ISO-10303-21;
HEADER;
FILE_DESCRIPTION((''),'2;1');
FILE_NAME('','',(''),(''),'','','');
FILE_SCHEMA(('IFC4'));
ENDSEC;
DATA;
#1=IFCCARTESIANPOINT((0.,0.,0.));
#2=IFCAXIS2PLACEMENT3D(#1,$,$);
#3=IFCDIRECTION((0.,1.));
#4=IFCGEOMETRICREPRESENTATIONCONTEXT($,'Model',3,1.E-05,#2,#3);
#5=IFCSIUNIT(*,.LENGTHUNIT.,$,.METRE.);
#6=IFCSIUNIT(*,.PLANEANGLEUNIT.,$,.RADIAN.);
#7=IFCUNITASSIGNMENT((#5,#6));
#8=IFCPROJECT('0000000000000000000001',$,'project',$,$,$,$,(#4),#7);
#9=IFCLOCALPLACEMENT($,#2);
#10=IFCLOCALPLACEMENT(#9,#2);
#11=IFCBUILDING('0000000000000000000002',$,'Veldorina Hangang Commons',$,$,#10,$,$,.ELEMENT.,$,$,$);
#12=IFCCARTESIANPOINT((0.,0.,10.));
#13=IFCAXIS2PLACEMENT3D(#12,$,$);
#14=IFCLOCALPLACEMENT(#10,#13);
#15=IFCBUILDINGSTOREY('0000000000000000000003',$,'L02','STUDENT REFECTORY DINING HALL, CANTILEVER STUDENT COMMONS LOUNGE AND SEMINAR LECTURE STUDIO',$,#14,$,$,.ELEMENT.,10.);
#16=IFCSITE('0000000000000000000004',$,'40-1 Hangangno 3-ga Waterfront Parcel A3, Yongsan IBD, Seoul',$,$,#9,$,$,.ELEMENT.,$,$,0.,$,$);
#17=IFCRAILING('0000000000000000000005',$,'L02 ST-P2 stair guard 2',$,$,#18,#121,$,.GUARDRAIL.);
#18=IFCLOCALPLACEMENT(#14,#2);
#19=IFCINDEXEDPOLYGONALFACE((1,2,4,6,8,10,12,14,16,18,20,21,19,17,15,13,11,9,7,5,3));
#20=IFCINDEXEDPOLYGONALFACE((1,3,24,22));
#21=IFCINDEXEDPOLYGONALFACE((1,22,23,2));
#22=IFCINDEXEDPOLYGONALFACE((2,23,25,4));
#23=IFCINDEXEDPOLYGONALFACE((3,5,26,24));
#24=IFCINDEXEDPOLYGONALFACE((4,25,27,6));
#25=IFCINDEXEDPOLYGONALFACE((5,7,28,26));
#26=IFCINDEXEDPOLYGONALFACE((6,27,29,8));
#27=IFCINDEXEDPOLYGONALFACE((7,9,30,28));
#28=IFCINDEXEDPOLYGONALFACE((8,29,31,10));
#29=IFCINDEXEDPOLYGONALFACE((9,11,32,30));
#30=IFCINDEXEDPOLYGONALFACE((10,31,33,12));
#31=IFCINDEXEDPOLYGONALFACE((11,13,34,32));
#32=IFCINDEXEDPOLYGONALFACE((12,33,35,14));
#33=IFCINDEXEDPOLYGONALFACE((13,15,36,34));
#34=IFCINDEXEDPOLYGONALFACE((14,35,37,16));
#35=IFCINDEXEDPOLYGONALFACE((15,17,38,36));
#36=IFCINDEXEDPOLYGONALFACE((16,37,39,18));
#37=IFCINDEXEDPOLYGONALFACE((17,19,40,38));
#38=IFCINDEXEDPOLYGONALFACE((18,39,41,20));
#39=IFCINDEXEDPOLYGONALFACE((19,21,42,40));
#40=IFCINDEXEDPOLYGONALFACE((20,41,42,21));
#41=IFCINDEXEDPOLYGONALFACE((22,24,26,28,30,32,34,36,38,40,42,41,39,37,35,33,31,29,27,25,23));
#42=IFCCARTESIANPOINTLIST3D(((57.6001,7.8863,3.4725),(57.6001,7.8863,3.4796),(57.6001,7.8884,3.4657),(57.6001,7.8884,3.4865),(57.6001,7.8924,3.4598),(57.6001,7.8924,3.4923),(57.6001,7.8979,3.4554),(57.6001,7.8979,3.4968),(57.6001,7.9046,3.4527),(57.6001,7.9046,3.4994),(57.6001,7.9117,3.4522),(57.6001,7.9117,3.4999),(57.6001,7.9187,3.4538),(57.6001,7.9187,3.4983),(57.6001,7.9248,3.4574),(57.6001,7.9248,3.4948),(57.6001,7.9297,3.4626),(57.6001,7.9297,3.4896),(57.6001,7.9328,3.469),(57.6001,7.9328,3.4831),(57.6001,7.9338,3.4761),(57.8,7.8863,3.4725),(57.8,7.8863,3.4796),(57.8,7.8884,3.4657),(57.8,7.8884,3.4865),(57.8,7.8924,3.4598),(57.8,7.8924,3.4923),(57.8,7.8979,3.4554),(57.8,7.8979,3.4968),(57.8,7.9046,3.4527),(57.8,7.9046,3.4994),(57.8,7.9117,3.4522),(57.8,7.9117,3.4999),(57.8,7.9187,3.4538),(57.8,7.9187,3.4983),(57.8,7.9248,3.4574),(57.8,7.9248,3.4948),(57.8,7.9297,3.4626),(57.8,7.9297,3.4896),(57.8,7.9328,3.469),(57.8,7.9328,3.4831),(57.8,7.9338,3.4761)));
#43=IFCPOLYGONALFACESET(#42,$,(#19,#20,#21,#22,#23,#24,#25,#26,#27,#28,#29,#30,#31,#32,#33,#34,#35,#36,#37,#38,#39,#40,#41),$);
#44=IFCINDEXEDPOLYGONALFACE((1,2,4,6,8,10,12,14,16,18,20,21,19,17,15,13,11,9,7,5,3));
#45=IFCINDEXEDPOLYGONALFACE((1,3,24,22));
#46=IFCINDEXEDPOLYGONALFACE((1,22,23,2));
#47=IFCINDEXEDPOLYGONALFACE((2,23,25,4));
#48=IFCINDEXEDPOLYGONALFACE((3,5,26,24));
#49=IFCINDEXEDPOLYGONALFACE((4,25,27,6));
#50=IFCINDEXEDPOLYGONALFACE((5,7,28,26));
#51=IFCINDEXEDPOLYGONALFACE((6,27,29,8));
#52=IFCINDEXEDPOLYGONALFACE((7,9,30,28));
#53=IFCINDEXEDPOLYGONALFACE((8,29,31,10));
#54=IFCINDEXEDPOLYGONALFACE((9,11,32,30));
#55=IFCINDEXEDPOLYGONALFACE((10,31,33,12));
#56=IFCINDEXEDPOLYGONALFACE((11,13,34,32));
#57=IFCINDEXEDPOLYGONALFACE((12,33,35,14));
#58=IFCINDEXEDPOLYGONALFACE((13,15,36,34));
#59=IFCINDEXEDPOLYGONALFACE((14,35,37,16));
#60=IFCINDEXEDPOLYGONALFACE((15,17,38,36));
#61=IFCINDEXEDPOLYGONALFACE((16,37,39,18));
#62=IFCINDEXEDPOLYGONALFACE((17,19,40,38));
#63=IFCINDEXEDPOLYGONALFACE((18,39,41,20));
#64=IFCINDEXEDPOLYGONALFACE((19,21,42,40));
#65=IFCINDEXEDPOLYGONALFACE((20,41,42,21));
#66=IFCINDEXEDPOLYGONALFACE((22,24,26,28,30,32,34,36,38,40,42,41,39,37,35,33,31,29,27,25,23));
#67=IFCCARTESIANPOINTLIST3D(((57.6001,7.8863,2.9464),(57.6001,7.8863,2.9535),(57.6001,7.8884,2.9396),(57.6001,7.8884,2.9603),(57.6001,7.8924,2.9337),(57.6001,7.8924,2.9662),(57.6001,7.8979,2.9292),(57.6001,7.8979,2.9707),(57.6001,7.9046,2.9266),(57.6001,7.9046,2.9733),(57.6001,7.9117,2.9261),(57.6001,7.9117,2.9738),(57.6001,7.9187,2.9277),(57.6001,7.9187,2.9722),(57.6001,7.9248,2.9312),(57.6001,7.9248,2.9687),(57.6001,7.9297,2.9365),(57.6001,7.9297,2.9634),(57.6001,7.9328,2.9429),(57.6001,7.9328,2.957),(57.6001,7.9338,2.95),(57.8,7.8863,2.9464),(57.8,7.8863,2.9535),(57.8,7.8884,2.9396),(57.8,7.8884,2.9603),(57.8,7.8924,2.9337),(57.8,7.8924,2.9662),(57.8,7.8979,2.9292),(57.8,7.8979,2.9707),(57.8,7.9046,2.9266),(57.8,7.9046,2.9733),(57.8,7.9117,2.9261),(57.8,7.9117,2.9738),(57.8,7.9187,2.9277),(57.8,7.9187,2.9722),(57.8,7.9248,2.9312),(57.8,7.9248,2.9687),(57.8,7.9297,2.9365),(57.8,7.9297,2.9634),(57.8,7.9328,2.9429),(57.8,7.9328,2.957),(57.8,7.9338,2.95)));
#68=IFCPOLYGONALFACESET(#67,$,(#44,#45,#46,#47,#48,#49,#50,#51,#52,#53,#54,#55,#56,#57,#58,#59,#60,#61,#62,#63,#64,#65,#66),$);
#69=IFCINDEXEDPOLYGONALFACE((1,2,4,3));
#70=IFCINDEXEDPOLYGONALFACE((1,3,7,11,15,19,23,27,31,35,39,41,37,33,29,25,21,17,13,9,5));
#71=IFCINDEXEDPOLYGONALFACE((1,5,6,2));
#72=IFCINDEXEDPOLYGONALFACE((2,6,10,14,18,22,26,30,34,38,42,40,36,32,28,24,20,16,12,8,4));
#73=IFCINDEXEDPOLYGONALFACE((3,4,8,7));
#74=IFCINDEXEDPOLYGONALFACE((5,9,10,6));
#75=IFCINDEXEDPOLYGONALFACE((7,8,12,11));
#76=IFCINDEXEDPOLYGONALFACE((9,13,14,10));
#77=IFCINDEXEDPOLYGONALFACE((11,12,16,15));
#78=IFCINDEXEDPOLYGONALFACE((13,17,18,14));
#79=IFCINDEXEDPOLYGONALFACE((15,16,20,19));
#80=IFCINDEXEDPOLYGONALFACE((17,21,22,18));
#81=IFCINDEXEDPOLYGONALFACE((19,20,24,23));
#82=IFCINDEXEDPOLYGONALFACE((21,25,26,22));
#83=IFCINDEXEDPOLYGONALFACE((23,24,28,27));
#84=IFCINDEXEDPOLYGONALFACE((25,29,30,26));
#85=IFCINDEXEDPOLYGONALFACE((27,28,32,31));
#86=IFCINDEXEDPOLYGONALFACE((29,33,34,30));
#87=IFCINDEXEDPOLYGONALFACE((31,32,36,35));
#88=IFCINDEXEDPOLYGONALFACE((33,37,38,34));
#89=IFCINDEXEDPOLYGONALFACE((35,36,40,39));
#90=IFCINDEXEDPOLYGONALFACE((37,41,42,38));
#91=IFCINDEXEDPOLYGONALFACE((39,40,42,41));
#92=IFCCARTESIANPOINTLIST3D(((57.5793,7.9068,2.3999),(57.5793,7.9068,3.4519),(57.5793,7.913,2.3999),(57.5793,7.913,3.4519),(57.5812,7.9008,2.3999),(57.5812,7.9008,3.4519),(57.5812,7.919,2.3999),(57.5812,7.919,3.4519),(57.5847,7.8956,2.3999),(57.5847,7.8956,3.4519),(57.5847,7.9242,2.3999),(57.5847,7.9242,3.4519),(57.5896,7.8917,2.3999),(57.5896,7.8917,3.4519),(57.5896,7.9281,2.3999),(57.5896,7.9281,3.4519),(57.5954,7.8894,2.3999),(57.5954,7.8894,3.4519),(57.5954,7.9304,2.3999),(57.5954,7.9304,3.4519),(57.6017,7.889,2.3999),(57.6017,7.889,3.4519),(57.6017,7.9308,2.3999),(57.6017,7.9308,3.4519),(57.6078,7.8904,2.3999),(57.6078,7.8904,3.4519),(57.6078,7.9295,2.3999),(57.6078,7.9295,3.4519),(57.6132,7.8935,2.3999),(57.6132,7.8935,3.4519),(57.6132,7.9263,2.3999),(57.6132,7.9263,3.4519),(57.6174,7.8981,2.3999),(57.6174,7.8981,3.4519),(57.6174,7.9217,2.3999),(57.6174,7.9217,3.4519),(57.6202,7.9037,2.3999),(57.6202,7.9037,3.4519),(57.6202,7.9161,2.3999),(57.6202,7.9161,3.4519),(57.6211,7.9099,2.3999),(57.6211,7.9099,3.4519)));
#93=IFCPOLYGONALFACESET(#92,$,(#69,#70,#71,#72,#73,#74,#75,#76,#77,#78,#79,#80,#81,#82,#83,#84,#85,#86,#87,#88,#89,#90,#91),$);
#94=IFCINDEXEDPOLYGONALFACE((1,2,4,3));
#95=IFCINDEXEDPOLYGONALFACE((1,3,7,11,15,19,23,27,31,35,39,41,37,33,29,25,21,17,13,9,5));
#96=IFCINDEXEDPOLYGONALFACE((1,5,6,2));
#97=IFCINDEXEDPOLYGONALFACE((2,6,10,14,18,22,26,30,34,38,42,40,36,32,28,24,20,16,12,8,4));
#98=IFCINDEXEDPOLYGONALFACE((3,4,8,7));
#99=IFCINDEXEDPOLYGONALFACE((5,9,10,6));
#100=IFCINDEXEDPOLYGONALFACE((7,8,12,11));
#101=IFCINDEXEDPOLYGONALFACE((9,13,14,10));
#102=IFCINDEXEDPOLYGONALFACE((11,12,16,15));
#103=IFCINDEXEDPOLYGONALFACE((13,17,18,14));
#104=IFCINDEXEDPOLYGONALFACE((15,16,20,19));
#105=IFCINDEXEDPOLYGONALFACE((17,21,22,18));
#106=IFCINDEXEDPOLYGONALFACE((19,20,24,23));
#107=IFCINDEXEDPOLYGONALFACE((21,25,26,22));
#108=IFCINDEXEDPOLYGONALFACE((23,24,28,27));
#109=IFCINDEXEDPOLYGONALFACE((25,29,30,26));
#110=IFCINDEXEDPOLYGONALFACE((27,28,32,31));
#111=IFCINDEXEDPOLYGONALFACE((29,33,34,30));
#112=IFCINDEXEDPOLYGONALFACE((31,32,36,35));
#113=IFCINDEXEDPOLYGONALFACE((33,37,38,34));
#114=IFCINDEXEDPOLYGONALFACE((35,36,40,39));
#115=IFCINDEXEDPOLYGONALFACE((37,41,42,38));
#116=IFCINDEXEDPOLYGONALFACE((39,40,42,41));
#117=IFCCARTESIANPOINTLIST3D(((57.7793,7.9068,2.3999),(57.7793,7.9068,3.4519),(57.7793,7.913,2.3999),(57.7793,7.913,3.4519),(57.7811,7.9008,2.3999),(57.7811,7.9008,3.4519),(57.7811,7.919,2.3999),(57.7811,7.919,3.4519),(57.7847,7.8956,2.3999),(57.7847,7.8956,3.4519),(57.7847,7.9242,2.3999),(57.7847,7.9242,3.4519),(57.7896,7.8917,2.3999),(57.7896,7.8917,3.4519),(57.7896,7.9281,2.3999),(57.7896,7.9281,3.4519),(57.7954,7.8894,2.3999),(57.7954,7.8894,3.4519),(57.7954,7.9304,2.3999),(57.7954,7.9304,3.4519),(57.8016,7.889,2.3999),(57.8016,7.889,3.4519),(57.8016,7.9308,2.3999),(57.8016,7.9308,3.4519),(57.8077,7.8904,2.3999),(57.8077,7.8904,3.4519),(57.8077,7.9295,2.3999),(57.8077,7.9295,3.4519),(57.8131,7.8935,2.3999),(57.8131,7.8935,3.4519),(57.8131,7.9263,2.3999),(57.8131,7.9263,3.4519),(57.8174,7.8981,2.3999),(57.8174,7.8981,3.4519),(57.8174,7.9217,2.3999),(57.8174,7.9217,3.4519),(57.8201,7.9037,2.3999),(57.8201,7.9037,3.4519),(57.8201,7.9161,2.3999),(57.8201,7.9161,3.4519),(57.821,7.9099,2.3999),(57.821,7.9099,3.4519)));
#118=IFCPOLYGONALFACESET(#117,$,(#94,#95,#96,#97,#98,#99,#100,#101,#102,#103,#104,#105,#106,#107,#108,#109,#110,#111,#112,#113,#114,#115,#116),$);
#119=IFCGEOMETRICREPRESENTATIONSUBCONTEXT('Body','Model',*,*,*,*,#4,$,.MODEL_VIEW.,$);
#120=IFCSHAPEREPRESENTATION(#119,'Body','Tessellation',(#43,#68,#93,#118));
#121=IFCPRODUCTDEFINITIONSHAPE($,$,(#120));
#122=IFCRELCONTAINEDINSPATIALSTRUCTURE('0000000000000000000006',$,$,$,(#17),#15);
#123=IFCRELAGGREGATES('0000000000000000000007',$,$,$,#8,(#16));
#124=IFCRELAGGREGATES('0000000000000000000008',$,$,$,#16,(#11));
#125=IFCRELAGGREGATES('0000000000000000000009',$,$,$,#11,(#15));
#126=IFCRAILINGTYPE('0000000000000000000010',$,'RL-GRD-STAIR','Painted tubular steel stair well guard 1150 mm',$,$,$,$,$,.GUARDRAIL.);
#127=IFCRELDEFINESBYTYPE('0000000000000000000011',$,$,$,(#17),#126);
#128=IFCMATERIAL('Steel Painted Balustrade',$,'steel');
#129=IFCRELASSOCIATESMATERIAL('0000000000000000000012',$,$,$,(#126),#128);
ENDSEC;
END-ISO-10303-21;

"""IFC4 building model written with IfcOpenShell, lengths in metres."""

from ifc_helpers import new_model, si_unit, direction, frame, origin, origin_2d, place, context, subcontext, project, spatial, circle, extrude, material, type_object, element, save


model = new_model("IFC4")

# Units and contexts
model_context = context("Model", 3, precision=1e-05, world=origin(), true_north=direction((0.0, 1.0)))
body_context = subcontext(model_context, "Body", "Model", "MODEL_VIEW")
ifc_project = project(units=[si_unit("LENGTHUNIT", "METRE"), si_unit("PLANEANGLEUNIT", "RADIAN")], contexts=[model_context])

# Site, building, storey
site_placement = place(None, origin())
site = spatial("IfcSite", under=ifc_project, at=site_placement, Name="40-1 Hangangno 3-ga Waterfront Parcel A3, Yongsan IBD, Seoul", CompositionType="ELEMENT", RefElevation=0.0)
building_placement = place(site_placement, origin())
building = spatial("IfcBuilding", under=site, at=building_placement, Name="Veldorina Hangang Commons", CompositionType="ELEMENT")
storey_placement = place(building_placement, frame((0.0, 0.0, 10.0)))
storey = spatial("IfcBuildingStorey", under=building, at=storey_placement, Name="L02", Description="STUDENT REFECTORY DINING HALL, CANTILEVER STUDENT COMMONS LOUNGE AND SEMINAR LECTURE STUDIO", CompositionType="ELEMENT", Elevation=10.0)

# Railing
ifc_material_1 = material(Name="Steel Painted Balustrade", Category="steel")
railing_type_1 = type_object("IfcRailingType", Name="RL-GRD-STAIR", Description="Painted tubular steel stair well guard 1150 mm", PredefinedType="GUARDRAIL", material=ifc_material_1)
railing_1_placement = place(storey_placement, frame((57.6001, 7.9099, 2.3999)))
element("IfcRailing", 1, at=railing_1_placement, inside=storey, type_object=railing_type_1, Name="L02 ST-P2 stair guard 2", PredefinedType="GUARDRAIL", context=body_context, shape_type="SweptSolid", body=[
    extrude(circle(Radius=0.0239, at=origin_2d()), frame((0.0, 0.0, 1.0762), z_axis=(1.0, 0.0, 0.0), x_axis=(0.0, 1.0, 0.0)), (0.0, 0.0, 1.0), 0.2),
    extrude(circle(Radius=0.0239, at=origin_2d()), frame((0.0, 0.0, 0.55), z_axis=(1.0, 0.0, 0.0), x_axis=(0.0, 1.0, 0.0)), (0.0, 0.0, 1.0), 0.2),
    extrude(circle(Radius=0.021, at=origin_2d()), origin(), (0.0, 0.0, 1.0), 1.052),
    extrude(circle(Radius=0.021, at=origin_2d()), frame((0.2, 0.0, 0.0)), (0.0, 0.0, 1.0), 1.052),
])

save(model, "model.ifc")
